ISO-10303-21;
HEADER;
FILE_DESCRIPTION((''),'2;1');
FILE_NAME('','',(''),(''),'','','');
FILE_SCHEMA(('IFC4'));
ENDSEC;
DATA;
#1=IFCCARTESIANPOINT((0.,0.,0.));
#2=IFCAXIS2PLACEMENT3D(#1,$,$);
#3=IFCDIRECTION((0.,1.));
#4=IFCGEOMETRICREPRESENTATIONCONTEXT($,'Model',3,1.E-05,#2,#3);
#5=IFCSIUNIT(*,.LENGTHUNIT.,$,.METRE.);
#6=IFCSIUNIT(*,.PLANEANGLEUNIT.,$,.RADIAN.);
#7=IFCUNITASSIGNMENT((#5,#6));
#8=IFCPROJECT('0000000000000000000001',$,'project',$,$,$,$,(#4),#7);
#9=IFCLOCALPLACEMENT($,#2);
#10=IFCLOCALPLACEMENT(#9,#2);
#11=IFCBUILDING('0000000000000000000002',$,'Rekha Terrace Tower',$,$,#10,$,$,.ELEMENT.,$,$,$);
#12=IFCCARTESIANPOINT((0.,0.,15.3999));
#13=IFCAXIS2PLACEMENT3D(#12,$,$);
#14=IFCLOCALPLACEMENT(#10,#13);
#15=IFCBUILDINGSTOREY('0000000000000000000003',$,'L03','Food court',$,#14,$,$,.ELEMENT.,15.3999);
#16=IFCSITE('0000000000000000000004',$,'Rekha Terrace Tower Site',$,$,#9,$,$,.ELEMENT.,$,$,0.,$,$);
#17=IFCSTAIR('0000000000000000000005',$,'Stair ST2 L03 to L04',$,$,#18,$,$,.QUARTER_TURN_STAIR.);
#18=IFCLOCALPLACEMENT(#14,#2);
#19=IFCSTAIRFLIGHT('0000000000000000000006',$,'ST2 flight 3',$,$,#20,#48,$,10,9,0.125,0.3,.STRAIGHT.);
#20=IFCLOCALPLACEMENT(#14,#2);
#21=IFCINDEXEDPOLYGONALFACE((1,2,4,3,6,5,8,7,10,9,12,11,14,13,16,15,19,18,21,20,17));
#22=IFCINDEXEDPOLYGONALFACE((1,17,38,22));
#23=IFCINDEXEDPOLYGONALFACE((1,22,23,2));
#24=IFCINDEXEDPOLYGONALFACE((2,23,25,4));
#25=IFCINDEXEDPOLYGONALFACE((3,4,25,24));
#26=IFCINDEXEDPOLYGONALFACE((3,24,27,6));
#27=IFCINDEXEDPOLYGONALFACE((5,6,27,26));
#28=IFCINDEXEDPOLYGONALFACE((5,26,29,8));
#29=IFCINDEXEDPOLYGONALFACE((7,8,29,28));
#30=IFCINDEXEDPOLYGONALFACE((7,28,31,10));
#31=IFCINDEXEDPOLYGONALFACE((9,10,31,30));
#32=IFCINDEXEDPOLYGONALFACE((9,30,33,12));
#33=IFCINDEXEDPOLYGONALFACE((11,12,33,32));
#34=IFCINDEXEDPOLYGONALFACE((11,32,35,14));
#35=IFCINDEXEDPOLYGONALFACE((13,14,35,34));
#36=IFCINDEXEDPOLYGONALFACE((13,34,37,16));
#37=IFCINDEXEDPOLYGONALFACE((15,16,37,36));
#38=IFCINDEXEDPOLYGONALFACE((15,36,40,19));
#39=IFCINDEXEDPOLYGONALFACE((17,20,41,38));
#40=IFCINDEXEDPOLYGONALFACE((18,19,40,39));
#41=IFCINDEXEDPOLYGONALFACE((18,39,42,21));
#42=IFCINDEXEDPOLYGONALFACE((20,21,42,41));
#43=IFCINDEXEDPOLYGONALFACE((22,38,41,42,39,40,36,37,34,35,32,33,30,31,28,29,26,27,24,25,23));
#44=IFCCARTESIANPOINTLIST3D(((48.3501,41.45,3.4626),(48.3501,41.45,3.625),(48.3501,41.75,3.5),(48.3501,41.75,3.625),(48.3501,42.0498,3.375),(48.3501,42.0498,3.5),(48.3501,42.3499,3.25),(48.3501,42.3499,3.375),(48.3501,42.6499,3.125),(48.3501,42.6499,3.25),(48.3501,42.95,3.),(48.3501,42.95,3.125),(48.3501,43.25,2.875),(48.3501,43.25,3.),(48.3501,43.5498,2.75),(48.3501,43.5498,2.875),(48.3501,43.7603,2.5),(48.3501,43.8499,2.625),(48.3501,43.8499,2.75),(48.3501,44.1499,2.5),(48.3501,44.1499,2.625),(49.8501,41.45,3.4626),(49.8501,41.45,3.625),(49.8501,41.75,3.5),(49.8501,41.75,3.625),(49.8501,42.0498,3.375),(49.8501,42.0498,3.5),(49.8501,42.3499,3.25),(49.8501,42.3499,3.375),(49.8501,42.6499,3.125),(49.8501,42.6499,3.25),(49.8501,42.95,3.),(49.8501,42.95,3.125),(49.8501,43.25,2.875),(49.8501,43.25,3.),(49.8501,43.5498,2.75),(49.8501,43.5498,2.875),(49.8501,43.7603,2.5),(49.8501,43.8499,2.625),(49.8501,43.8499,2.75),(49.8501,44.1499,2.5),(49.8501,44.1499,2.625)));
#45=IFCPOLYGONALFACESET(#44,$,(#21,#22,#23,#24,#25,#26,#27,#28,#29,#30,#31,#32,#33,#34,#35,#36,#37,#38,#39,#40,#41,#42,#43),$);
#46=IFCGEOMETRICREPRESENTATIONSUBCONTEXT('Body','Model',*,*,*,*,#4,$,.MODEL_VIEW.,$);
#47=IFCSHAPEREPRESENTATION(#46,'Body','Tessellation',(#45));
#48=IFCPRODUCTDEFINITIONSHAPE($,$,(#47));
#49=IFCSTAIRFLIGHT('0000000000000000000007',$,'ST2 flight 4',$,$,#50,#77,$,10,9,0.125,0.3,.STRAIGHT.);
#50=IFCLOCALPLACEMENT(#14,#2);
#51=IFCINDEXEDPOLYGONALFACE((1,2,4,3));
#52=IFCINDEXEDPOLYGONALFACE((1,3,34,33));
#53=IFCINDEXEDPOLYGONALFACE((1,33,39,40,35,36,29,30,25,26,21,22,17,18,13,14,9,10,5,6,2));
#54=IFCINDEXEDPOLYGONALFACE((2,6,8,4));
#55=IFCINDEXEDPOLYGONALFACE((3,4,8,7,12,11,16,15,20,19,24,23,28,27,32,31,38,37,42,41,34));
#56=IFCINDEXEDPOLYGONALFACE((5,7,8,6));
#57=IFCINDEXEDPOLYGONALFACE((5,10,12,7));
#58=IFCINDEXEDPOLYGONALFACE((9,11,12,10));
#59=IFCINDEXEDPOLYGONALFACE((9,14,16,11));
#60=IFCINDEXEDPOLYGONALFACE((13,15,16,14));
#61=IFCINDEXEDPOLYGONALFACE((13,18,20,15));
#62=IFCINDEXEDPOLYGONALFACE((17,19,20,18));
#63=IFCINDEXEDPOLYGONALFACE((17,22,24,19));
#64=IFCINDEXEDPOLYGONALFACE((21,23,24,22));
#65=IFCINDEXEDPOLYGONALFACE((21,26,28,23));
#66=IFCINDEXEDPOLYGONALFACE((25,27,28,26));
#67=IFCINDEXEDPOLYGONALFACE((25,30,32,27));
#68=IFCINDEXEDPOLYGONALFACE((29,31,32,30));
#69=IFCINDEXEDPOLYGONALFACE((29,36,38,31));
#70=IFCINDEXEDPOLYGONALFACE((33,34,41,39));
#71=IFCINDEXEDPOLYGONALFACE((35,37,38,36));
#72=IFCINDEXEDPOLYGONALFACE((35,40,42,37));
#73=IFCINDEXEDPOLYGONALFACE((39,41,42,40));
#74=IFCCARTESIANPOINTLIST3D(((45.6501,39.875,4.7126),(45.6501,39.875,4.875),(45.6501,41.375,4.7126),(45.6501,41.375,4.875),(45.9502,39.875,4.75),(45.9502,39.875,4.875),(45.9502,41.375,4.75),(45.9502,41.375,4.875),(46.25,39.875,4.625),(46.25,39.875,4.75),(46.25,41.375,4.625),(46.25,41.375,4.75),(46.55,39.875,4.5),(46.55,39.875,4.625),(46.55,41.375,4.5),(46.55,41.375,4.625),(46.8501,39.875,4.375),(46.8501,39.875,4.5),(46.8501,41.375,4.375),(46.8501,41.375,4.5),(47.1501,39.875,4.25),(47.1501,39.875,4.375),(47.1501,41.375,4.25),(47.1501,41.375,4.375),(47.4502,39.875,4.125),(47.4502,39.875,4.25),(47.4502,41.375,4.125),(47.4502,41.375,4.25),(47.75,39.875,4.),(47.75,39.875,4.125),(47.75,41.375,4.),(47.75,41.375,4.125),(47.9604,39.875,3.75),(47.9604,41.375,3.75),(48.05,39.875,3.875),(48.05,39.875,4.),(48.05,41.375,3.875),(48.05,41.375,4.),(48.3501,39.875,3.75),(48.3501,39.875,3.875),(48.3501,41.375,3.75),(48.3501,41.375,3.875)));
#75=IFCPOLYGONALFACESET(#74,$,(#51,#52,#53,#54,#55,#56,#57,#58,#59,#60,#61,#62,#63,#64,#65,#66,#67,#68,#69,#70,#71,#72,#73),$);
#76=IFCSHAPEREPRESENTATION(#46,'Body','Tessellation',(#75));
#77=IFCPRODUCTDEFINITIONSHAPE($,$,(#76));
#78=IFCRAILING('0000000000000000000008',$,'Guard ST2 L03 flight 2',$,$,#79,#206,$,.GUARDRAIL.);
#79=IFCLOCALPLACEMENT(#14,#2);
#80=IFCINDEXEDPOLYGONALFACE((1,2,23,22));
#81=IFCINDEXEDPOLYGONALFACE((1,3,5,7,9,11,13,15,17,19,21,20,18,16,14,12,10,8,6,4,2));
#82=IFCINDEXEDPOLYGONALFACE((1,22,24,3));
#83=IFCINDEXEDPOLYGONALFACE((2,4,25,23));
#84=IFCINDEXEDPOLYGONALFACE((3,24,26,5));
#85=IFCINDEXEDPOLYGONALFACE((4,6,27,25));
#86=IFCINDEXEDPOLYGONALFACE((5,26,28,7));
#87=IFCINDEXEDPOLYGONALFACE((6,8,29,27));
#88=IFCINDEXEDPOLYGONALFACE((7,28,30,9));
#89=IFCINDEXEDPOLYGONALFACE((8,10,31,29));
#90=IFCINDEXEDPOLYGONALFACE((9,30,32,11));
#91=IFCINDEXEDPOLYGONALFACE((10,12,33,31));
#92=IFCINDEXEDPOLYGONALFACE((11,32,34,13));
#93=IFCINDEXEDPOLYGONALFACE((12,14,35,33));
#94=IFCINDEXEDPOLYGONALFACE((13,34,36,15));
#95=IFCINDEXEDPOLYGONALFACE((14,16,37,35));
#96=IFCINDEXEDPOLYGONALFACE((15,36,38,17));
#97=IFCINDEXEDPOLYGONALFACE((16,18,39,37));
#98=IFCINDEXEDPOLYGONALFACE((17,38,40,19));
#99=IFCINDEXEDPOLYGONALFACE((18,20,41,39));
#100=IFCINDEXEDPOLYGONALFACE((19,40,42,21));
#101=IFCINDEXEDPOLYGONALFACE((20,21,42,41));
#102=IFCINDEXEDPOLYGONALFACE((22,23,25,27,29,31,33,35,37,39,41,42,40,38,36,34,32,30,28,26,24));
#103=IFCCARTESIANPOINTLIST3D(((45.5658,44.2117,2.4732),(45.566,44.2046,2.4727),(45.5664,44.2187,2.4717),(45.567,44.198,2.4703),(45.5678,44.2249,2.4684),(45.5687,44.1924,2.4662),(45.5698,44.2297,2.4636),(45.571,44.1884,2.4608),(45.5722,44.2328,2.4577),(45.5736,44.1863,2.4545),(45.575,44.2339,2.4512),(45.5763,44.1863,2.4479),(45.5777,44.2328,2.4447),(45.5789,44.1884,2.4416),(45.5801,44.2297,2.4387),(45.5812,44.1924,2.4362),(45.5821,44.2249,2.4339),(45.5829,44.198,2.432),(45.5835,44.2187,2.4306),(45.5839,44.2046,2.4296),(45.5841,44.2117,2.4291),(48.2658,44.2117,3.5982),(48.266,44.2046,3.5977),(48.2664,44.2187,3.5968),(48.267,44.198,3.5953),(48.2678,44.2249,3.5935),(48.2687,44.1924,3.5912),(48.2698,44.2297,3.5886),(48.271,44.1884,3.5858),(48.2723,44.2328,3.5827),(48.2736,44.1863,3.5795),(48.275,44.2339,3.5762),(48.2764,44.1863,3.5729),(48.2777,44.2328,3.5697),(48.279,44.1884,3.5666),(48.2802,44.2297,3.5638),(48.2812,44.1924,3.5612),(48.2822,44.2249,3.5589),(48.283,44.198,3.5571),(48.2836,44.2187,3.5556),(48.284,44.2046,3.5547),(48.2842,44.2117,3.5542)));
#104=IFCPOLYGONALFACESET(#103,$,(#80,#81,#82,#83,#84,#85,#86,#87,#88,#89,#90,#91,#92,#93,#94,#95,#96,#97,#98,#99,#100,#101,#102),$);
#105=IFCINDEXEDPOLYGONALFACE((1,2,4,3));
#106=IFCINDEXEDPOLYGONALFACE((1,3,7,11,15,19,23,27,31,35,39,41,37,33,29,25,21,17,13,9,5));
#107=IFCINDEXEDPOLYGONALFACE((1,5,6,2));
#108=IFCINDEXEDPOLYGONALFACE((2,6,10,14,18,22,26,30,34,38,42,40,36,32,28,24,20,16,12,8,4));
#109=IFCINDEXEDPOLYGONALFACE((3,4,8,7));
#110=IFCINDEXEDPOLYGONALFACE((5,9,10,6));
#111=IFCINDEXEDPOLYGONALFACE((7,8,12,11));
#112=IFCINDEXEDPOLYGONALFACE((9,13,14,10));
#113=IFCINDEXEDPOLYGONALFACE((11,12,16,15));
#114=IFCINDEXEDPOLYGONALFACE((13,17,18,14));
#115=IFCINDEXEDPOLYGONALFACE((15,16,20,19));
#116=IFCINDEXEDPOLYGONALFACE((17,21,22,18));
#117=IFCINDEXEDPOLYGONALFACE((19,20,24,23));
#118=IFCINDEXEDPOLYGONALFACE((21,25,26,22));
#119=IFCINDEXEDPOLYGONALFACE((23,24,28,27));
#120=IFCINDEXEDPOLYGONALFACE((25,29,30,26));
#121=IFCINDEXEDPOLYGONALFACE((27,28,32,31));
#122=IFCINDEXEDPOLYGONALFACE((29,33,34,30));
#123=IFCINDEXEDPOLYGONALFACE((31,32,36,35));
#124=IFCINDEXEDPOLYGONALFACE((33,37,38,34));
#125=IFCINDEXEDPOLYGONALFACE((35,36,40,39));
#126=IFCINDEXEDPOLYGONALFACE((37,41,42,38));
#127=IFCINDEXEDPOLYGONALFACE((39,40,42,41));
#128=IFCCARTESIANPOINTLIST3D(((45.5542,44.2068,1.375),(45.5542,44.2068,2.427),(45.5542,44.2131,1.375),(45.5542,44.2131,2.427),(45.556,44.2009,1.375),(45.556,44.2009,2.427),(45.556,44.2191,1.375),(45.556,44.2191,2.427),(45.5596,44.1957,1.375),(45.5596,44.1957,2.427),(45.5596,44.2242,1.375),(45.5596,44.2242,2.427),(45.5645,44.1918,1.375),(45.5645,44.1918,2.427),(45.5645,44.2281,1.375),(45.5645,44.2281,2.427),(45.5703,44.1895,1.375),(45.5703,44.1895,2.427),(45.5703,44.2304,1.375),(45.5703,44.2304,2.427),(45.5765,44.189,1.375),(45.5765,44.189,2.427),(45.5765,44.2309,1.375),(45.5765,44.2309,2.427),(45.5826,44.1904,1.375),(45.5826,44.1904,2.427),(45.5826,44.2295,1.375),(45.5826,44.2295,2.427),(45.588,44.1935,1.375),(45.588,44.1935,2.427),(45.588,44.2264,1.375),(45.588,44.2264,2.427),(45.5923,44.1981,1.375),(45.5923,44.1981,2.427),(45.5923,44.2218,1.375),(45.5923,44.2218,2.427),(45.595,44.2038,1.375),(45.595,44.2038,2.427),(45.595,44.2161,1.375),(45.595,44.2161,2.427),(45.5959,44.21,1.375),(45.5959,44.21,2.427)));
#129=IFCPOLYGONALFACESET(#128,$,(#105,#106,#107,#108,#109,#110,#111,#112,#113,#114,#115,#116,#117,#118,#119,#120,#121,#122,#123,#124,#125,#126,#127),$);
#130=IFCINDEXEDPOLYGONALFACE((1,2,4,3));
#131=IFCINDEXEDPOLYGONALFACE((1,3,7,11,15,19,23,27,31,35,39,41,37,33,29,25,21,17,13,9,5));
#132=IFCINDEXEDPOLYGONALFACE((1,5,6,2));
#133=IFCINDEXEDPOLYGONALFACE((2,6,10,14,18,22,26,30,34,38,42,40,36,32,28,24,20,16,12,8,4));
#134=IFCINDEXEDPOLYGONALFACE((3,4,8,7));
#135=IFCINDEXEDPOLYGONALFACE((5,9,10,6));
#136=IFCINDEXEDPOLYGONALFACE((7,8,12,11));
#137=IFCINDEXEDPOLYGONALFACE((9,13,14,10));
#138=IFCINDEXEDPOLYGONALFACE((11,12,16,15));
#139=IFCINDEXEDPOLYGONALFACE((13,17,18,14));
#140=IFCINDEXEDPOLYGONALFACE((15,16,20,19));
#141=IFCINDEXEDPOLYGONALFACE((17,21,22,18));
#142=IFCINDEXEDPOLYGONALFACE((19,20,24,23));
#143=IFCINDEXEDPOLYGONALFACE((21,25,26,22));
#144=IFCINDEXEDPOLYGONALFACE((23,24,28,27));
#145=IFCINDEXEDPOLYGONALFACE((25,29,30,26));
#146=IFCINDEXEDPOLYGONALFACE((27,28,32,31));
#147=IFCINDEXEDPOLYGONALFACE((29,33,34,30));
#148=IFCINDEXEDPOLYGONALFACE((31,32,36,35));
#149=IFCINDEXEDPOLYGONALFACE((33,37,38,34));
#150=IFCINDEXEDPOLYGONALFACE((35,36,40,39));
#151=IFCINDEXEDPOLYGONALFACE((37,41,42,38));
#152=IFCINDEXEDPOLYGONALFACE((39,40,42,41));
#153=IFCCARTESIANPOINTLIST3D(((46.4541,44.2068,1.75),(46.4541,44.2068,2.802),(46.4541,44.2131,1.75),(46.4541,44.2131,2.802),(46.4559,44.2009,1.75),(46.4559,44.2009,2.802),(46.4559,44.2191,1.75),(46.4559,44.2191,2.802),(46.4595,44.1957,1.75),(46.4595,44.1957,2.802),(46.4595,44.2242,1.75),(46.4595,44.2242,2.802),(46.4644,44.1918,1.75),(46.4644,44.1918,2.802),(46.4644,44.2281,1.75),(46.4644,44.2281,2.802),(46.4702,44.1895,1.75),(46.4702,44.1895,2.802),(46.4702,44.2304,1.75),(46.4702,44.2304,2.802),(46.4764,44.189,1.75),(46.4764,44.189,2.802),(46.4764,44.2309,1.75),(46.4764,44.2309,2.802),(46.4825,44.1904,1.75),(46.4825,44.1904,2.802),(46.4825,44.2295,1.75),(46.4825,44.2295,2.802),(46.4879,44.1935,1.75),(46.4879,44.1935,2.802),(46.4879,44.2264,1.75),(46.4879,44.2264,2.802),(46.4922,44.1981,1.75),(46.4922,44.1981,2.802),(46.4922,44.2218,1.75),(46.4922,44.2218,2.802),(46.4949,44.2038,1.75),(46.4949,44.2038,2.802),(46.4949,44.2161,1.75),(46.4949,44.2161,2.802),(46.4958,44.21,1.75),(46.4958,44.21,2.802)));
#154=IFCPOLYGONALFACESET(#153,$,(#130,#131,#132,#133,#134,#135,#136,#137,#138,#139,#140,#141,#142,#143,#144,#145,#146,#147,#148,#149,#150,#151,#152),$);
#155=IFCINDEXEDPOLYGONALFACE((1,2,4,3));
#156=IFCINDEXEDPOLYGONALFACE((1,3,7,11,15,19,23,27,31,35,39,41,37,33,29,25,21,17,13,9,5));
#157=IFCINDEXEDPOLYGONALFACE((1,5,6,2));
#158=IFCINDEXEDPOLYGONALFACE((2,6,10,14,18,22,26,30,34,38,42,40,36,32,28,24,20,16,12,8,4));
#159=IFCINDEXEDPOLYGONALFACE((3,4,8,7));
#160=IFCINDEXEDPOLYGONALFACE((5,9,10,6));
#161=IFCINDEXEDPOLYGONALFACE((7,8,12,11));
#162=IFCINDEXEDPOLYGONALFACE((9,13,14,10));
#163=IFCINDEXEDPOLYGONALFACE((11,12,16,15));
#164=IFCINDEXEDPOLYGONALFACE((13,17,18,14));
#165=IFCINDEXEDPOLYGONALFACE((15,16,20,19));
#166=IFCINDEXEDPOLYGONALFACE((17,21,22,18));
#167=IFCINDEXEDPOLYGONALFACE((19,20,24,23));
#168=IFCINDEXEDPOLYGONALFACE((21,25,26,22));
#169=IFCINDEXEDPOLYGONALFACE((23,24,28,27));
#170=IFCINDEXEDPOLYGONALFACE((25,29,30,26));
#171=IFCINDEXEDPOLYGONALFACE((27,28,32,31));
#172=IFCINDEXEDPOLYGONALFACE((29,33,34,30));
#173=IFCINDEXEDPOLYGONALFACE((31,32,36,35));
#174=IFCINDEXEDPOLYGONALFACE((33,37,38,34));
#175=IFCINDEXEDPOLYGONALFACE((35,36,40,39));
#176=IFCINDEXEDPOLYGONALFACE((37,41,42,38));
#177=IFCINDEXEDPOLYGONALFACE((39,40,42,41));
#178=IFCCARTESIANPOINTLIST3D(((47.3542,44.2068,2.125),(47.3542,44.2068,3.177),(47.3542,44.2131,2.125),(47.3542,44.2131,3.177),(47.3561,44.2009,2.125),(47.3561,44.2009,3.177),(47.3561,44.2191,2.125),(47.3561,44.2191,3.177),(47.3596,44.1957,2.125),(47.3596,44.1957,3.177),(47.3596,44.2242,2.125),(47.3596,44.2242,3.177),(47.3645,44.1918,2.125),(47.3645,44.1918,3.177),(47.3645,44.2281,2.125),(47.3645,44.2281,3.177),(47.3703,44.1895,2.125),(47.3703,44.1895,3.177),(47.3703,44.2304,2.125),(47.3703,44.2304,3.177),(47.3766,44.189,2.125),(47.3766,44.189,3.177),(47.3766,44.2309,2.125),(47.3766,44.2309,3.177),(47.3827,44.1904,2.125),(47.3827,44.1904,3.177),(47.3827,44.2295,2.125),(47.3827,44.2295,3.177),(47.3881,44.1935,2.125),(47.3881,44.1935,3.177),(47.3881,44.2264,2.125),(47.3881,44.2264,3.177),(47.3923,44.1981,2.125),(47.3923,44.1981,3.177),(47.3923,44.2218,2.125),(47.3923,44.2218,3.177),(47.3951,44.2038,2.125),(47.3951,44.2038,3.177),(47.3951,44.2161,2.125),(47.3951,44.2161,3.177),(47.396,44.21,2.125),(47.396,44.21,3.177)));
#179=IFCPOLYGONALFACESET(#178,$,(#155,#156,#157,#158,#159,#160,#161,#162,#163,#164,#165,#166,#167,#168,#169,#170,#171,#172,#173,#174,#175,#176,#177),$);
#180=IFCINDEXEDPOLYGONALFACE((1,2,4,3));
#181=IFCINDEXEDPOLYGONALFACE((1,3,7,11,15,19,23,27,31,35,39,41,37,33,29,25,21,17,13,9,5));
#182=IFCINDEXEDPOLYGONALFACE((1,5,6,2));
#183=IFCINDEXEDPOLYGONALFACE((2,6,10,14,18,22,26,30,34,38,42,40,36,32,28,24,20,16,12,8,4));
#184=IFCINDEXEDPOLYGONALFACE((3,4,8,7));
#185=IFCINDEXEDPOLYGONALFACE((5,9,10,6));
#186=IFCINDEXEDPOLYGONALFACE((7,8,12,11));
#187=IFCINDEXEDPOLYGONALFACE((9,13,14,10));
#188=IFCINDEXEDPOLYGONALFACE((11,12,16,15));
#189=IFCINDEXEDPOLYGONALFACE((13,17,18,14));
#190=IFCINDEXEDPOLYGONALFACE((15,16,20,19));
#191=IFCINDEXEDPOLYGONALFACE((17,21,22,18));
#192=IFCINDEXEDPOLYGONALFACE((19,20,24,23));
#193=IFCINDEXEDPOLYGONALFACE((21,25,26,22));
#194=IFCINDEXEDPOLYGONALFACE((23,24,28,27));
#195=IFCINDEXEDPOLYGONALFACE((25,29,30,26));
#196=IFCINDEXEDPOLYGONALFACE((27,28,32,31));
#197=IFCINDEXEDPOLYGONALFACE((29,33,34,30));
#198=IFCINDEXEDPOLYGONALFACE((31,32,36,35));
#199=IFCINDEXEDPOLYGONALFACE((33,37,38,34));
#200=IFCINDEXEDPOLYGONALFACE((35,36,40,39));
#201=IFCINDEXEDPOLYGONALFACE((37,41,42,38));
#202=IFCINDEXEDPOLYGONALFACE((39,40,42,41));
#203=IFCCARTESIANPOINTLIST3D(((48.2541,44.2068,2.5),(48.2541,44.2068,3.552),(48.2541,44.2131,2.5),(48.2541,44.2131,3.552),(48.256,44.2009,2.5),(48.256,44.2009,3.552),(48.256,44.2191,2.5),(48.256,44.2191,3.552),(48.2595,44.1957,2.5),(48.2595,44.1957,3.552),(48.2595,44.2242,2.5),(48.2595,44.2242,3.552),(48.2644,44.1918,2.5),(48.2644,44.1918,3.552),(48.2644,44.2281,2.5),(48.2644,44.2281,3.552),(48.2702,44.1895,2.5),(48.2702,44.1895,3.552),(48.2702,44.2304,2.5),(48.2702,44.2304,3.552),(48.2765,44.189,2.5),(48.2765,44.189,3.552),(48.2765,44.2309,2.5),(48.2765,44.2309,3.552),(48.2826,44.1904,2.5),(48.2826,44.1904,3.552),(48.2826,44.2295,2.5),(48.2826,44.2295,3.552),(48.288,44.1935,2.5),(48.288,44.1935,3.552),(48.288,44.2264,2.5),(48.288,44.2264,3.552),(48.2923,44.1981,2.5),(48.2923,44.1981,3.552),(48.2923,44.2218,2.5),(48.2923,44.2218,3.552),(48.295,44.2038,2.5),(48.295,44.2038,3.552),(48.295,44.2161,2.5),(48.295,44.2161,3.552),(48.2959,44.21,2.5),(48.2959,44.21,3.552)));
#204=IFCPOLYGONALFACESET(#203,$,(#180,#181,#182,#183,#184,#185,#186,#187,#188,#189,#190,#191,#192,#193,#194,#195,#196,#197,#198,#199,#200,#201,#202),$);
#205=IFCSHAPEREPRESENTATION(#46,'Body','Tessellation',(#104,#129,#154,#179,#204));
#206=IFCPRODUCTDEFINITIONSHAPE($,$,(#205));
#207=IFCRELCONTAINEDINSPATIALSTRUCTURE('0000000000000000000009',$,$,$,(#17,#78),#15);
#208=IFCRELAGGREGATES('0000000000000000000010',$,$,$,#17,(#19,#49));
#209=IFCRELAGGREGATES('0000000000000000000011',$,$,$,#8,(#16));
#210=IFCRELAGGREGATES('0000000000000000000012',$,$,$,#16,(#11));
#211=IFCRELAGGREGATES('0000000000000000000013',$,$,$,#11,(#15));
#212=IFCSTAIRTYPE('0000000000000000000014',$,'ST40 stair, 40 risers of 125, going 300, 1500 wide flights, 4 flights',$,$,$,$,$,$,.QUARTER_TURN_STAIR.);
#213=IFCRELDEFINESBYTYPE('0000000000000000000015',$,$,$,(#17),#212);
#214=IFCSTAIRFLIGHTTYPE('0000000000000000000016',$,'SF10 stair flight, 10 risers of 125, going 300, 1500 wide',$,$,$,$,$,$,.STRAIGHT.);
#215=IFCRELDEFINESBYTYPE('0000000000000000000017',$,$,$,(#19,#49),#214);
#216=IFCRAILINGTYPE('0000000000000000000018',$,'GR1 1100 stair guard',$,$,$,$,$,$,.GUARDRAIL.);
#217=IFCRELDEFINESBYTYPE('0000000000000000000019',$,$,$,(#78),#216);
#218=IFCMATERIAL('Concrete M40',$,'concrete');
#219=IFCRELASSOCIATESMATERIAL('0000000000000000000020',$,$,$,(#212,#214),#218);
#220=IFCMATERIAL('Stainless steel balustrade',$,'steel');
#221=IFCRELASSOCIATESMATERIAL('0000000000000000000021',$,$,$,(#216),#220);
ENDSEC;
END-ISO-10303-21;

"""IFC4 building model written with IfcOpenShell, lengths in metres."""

from ifc_helpers import new_model, si_unit, direction, frame, origin, origin_2d, place, context, subcontext, project, spatial, polyline, circle, outline, extrude, material, type_object, element, aggregate, save


model = new_model("IFC4")

# Units and contexts
model_context = context("Model", 3, precision=1e-05, world=origin(), true_north=direction((0.0, 1.0)))
body_context = subcontext(model_context, "Body", "Model", "MODEL_VIEW")
ifc_project = project(units=[si_unit("LENGTHUNIT", "METRE"), si_unit("PLANEANGLEUNIT", "RADIAN")], contexts=[model_context])

# Site, building, storey
site_placement = place(None, origin())
site = spatial("IfcSite", under=ifc_project, at=site_placement, Name="Rekha Terrace Tower Site", CompositionType="ELEMENT", RefElevation=0.0)
building_placement = place(site_placement, origin())
building = spatial("IfcBuilding", under=site, at=building_placement, Name="Rekha Terrace Tower", CompositionType="ELEMENT")
storey_placement = place(building_placement, frame((0.0, 0.0, 15.3999)))
storey = spatial("IfcBuildingStorey", under=building, at=storey_placement, Name="L03", Description="Food court", CompositionType="ELEMENT", Elevation=15.3999)

# Stair, stair flights
ifc_material_1 = material(Name="Concrete M40", Category="concrete")
stair_type = type_object("IfcStairType", Name="ST40 stair, 40 risers of 125, going 300, 1500 wide flights, 4 flights", PredefinedType="QUARTER_TURN_STAIR", material=ifc_material_1)
stair_placement = place(storey_placement, origin())
stair = element("IfcStair", 1, at=stair_placement, inside=storey, type_object=stair_type, Name="Stair ST2 L03 to L04", PredefinedType="QUARTER_TURN_STAIR")
stair_flight_type = type_object("IfcStairFlightType", Name="SF10 stair flight, 10 risers of 125, going 300, 1500 wide", PredefinedType="STRAIGHT", material=ifc_material_1)
stair_flight_1_placement = place(storey_placement, frame((49.1001, 44.1499, 2.5), z_axis=(0.0, 0.0, 1.0), x_axis=(0.0, -1.0, 0.0)))
stair_flight_1 = element("IfcStairFlight", 2, at=stair_flight_1_placement, type_object=stair_flight_type, Name="ST2 flight 3", NumberOfRisers=10, NumberOfTreads=9, PredefinedType="STRAIGHT", RiserHeight=0.125, TreadLength=0.3, context=body_context, shape_type="SweptSolid", body=[
    extrude(outline(polyline([(0.0, 0.0), (0.0, 0.125), (0.3, 0.125), (0.3, 0.25), (0.6001, 0.25), (0.6001, 0.375), (0.8999, 0.375), (0.8999, 0.5), (1.2, 0.5), (1.2, 0.625), (1.5, 0.625), (1.5, 0.75), (1.8, 0.75), (1.8, 0.875), (2.1001, 0.875), (2.1001, 1.0), (2.3999, 1.0), (2.3999, 1.125), (2.7, 1.125), (2.7, 1.25), (2.7, 0.9626), (0.3896, 0.0), (0.0, 0.0)])), frame((0.0, 0.75, 0.0), z_axis=(0.0, -1.0, 0.0), x_axis=(1.0, 0.0, 0.0)), (0.0, 0.0, 1.0), 1.5),
])
stair_flight_2_placement = place(storey_placement, frame((48.3501, 40.625, 3.75), z_axis=(0.0, 0.0, 1.0), x_axis=(-1.0, 0.0, 0.0)))
stair_flight_2 = element("IfcStairFlight", 3, at=stair_flight_2_placement, type_object=stair_flight_type, Name="ST2 flight 4", NumberOfRisers=10, NumberOfTreads=9, PredefinedType="STRAIGHT", RiserHeight=0.125, TreadLength=0.3, context=body_context, shape_type="SweptSolid", body=[
    extrude(outline(polyline([(0.0, 0.0), (0.0, 0.125), (0.3, 0.125), (0.3, 0.25), (0.6001, 0.25), (0.6001, 0.375), (0.8999, 0.375), (0.8999, 0.5), (1.2, 0.5), (1.2, 0.625), (1.5, 0.625), (1.5, 0.75), (1.8, 0.75), (1.8, 0.875), (2.1001, 0.875), (2.1001, 1.0), (2.3999, 1.0), (2.3999, 1.125), (2.7, 1.125), (2.7, 1.25), (2.7, 0.9626), (0.3896, 0.0), (0.0, 0.0)])), frame((0.0, 0.75, 0.0), z_axis=(0.0, -1.0, 0.0), x_axis=(1.0, 0.0, 0.0)), (0.0, 0.0, 1.0), 1.5),
])
aggregate(stair, [stair_flight_1, stair_flight_2])

# Railing
ifc_material_2 = material(Name="Stainless steel balustrade", Category="steel")
railing_type_1 = type_object("IfcRailingType", Name="GR1 1100 stair guard", PredefinedType="GUARDRAIL", material=ifc_material_2)
railing_1_placement = place(storey_placement, frame((45.575, 44.21, 1.375)))
element("IfcRailing", 4, at=railing_1_placement, inside=storey, type_object=railing_type_1, Name="Guard ST2 L03 flight 2", PredefinedType="GUARDRAIL", context=body_context, shape_type="SweptSolid", body=[
    extrude(circle(Radius=0.0239, at=origin_2d()), frame((0.0, 0.0, 1.0762), z_axis=(0.923074, 0.0, 0.384621), x_axis=(0.0, 1.0, 0.0)), (0.0, 0.0, 1.0), 2.925),
    extrude(circle(Radius=0.021, at=origin_2d()), origin(), (0.0, 0.0, 1.0), 1.052),
    extrude(circle(Radius=0.021, at=origin_2d()), frame((0.8999, 0.0, 0.375)), (0.0, 0.0, 1.0), 1.052),
    extrude(circle(Radius=0.021, at=origin_2d()), frame((1.8, 0.0, 0.75)), (0.0, 0.0, 1.0), 1.052),
    extrude(circle(Radius=0.021, at=origin_2d()), frame((2.7, 0.0, 1.125)), (0.0, 0.0, 1.0), 1.052),
])

save(model, "model.ifc")
